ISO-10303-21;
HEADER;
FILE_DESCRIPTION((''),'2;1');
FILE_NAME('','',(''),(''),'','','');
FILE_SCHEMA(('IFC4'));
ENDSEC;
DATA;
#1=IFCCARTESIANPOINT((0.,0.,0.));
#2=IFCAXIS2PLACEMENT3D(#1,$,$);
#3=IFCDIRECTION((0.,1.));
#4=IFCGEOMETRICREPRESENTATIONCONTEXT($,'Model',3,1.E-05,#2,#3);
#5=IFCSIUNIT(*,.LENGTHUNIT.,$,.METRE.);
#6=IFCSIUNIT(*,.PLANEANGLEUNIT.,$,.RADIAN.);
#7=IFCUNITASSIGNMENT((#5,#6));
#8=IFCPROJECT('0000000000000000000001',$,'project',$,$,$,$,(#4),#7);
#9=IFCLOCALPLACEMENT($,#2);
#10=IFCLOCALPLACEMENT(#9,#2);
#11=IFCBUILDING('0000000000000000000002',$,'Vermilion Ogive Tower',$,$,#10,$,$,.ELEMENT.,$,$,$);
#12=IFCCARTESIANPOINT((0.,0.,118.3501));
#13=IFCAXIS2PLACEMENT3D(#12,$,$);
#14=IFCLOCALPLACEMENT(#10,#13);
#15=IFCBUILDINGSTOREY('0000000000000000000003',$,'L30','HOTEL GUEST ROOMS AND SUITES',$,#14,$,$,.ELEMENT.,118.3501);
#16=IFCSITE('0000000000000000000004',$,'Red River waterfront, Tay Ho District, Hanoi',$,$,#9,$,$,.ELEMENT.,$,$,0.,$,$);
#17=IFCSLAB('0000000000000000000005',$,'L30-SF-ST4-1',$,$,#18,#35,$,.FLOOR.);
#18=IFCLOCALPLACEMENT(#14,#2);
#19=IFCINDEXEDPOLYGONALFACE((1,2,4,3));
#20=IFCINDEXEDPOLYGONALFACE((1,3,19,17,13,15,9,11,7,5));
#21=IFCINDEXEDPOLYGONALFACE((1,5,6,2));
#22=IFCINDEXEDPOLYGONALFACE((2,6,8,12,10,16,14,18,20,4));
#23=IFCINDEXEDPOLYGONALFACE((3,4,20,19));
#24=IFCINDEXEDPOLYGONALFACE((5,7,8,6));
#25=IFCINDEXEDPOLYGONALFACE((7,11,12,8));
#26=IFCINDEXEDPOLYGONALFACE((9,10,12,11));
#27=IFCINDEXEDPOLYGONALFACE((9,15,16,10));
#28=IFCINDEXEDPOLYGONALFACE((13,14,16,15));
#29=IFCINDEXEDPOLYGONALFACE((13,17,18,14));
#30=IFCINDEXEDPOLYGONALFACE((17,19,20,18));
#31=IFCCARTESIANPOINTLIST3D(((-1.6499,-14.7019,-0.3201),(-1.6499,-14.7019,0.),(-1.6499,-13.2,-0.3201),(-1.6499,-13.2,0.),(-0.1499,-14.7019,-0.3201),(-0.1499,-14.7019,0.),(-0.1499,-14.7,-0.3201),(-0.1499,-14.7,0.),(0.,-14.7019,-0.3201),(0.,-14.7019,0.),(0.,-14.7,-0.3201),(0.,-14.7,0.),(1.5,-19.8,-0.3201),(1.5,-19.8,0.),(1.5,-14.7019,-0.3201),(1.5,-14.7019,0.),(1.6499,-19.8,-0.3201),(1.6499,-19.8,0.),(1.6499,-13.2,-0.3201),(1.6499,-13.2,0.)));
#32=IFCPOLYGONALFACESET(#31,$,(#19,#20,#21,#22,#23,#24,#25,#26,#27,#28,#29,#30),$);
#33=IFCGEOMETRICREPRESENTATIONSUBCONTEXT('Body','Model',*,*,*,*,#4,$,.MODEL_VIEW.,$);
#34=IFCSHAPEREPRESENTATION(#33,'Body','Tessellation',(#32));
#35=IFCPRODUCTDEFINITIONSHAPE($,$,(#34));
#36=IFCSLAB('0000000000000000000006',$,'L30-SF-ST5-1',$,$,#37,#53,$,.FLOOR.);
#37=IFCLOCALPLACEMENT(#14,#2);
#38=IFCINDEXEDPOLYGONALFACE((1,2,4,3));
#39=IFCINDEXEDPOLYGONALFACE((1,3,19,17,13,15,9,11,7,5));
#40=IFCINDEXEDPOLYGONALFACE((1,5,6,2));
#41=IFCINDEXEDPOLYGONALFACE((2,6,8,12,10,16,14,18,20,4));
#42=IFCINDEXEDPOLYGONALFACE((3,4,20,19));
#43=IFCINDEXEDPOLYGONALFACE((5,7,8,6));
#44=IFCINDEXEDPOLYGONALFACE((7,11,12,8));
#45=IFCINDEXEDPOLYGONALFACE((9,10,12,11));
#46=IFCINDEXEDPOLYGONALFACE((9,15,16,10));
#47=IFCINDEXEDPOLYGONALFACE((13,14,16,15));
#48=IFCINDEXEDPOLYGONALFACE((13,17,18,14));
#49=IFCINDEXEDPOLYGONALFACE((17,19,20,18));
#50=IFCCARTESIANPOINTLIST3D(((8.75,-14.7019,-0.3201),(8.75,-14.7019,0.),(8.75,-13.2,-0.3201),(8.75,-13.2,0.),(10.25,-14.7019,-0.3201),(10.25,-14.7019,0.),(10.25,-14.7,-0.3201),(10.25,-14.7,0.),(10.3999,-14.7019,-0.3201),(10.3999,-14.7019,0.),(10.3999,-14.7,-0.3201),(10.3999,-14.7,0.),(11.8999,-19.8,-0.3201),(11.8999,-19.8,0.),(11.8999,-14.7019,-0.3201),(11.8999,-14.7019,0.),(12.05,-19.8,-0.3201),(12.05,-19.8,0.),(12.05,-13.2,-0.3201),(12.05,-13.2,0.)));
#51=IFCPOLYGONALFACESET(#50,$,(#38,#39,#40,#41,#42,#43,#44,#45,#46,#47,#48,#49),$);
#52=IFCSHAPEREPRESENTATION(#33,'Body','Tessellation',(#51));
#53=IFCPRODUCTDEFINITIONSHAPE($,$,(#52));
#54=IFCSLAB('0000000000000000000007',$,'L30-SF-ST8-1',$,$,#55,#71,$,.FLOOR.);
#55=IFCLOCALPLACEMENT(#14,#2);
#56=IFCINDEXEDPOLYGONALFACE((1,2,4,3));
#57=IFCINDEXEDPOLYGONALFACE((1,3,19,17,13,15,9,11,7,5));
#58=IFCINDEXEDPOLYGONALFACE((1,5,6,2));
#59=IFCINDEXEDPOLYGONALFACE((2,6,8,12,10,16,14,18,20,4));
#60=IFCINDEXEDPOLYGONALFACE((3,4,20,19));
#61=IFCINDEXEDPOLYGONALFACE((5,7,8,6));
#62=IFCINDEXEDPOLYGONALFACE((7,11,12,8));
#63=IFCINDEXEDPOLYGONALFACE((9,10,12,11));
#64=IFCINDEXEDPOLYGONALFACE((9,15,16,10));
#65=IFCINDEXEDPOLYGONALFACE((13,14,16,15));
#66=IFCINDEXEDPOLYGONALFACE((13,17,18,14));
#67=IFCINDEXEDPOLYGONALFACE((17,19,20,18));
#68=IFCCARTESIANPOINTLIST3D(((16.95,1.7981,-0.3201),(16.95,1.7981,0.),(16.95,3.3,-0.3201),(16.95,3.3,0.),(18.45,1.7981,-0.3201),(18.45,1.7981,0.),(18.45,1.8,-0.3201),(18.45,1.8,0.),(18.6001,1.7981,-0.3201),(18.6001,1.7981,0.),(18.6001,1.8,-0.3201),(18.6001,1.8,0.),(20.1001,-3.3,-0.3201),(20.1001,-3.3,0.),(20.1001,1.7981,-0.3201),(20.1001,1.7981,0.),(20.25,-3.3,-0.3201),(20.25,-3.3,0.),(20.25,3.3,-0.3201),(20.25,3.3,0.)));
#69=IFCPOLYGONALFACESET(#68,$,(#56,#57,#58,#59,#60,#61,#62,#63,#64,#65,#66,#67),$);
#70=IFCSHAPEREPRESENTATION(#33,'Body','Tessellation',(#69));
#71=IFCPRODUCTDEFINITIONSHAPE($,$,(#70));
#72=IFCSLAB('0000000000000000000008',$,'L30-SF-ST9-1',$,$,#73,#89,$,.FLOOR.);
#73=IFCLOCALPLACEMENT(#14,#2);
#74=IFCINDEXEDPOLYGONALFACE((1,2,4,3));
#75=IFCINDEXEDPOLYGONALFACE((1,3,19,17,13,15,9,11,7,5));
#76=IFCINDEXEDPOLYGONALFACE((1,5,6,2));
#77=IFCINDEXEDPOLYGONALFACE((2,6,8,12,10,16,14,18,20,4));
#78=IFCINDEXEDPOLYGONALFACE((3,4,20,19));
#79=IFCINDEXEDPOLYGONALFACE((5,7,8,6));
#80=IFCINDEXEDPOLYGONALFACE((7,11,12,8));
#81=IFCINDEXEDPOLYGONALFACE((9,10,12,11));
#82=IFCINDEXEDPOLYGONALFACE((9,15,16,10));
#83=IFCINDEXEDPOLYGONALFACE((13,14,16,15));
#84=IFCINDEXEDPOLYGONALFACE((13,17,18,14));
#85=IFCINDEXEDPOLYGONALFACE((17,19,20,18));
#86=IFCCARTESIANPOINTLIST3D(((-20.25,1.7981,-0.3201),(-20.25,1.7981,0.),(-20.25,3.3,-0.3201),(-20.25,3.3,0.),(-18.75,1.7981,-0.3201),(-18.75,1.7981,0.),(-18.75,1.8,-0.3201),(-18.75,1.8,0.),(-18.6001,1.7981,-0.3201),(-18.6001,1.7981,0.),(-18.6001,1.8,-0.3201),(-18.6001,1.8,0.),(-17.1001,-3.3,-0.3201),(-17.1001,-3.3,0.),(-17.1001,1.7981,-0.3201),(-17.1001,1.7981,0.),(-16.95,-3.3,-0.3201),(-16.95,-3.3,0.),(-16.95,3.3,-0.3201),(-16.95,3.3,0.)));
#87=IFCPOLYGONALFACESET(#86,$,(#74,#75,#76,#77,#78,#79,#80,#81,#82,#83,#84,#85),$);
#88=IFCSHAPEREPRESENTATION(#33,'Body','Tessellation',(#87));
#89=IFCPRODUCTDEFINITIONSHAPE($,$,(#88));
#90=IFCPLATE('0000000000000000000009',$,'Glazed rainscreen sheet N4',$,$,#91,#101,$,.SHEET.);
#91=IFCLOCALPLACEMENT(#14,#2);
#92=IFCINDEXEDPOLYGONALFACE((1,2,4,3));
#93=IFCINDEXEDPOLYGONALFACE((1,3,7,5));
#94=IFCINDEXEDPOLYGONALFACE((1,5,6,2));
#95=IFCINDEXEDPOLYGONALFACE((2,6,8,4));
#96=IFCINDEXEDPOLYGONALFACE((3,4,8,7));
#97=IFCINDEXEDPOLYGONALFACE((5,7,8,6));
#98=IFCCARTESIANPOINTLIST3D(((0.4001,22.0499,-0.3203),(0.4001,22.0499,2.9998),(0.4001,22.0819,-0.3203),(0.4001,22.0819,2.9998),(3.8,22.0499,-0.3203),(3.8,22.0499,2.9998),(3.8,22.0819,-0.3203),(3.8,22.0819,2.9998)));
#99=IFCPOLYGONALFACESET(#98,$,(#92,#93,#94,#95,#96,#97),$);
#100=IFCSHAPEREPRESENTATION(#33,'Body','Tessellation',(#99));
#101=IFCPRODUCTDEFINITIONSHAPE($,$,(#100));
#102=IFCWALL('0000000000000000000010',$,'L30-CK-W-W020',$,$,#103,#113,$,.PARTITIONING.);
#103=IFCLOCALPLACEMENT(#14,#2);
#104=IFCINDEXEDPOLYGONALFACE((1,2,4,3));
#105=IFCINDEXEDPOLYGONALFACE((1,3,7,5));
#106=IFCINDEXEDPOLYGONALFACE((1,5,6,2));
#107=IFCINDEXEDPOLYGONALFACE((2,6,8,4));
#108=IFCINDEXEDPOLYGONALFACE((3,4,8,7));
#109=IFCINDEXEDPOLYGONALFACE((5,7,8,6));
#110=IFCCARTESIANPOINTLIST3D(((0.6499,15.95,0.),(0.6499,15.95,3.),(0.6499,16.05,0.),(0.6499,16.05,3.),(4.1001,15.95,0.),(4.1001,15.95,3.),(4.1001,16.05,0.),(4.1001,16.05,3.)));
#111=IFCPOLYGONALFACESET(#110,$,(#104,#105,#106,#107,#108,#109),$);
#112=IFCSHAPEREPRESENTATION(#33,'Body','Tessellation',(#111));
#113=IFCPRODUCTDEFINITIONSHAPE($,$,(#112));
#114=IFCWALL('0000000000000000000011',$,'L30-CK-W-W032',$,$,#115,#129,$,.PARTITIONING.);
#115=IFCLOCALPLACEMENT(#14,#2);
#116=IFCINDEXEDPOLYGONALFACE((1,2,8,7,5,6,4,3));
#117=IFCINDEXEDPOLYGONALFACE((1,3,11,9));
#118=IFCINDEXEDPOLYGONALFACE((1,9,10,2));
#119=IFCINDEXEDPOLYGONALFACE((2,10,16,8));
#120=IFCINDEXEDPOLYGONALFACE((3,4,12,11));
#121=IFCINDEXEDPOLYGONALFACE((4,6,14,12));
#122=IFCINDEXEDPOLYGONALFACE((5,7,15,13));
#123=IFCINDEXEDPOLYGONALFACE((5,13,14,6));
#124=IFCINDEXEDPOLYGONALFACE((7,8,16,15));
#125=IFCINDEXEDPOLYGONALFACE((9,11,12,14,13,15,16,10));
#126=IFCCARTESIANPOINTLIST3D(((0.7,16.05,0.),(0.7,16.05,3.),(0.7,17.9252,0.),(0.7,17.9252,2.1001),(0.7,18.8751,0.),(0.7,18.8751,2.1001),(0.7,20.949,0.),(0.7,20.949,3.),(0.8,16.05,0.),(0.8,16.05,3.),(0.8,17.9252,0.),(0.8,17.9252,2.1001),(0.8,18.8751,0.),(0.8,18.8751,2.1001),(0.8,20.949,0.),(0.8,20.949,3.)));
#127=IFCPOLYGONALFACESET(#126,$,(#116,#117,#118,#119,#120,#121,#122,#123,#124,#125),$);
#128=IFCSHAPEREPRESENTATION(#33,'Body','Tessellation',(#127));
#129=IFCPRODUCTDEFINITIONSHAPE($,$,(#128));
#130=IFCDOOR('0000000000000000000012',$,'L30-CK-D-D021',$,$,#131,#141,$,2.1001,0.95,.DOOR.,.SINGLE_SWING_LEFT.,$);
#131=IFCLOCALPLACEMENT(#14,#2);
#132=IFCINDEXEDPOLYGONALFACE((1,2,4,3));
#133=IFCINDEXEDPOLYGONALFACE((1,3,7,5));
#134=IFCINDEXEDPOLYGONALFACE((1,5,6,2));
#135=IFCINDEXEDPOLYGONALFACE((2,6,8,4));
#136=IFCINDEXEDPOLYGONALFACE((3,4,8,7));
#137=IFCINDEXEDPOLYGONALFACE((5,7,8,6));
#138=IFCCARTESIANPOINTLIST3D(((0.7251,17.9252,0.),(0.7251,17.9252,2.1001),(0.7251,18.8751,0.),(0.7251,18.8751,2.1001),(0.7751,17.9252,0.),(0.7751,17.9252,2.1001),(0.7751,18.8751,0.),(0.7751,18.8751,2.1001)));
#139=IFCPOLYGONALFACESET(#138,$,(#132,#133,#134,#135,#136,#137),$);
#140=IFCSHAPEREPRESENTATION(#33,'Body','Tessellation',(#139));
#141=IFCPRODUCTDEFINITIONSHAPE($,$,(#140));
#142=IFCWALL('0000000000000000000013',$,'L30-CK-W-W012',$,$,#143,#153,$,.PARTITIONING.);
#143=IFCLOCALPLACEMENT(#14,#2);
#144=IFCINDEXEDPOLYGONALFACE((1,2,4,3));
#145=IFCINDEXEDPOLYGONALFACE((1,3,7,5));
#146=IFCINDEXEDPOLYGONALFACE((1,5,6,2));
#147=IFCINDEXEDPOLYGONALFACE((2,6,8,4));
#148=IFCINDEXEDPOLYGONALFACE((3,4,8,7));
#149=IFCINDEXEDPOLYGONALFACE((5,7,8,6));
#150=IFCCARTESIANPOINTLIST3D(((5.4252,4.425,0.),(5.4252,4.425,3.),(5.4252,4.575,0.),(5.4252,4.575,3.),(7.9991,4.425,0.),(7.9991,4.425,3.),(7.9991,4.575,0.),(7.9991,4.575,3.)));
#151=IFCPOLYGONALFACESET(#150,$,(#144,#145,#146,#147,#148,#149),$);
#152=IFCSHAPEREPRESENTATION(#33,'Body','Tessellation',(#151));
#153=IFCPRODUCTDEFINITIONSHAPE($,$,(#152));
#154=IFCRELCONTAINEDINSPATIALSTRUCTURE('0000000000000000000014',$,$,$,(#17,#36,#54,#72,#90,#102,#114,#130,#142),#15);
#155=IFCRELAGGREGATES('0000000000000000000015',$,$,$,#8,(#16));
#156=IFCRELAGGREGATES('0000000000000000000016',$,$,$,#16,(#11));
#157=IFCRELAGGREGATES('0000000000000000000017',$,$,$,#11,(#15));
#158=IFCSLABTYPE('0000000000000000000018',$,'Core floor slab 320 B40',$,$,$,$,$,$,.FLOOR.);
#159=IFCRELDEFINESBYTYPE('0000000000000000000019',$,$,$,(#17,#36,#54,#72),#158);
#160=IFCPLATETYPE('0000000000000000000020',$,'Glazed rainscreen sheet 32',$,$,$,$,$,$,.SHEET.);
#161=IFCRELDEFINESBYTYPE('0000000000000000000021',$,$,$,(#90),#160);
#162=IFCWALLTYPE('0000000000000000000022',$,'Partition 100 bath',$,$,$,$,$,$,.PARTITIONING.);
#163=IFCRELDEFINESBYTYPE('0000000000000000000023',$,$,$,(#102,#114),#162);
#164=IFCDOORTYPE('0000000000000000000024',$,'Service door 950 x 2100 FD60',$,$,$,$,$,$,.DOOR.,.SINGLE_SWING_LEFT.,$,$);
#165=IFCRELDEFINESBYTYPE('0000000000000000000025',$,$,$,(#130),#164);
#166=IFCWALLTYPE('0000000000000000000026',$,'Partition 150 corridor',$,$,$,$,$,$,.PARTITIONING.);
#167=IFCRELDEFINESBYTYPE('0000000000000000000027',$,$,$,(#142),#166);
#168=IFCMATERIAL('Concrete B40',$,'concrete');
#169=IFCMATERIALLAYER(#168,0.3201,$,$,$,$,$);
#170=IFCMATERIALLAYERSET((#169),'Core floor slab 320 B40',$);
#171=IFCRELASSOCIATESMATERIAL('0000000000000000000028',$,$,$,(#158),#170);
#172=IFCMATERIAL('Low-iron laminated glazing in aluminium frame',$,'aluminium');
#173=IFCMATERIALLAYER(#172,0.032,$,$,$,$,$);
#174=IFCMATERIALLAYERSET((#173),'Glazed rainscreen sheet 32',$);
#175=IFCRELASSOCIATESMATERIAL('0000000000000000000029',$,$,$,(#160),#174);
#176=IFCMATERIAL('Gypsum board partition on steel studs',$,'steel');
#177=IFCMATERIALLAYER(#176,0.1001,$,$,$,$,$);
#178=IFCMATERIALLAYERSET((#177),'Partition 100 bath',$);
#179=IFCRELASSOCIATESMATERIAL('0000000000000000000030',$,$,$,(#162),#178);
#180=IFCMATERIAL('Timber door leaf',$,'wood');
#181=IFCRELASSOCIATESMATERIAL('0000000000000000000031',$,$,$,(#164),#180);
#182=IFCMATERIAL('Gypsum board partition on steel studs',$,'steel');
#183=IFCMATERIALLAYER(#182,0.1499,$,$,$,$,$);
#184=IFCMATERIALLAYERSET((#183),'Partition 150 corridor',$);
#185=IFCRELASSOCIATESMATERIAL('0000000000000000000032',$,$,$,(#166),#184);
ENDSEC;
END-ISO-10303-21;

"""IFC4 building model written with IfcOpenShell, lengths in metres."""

from ifc_helpers import new_model, si_unit, direction, frame, frame_2d, origin, origin_2d, place, context, subcontext, project, spatial, polyline, rectangle, outline, extrude, material, layer, layer_set, type_object, element, fill, save


model = new_model("IFC4")

# Units and contexts
model_context = context("Model", 3, precision=1e-05, world=origin(), true_north=direction((0.0, 1.0)))
body_context = subcontext(model_context, "Body", "Model", "MODEL_VIEW")
ifc_project = project(units=[si_unit("LENGTHUNIT", "METRE"), si_unit("PLANEANGLEUNIT", "RADIAN")], contexts=[model_context])

# Site, building, storey
site_placement = place(None, origin())
site = spatial("IfcSite", under=ifc_project, at=site_placement, Name="Red River waterfront, Tay Ho District, Hanoi", CompositionType="ELEMENT", RefElevation=0.0)
building_placement = place(site_placement, origin())
building = spatial("IfcBuilding", under=site, at=building_placement, Name="Vermilion Ogive Tower", CompositionType="ELEMENT")
storey_placement = place(building_placement, frame((0.0, 0.0, 118.3501)))
storey = spatial("IfcBuildingStorey", under=building, at=storey_placement, Name="L30", Description="HOTEL GUEST ROOMS AND SUITES", CompositionType="ELEMENT", Elevation=118.3501)

# Slabs
ifc_material_1 = material(Name="Concrete B40", Category="concrete")
ifc_layer_1 = layer(ifc_material_1, 0.3201)
ifc_layer_set_1 = layer_set([ifc_layer_1], Name="Core floor slab 320 B40")
slab_type = type_object("IfcSlabType", Name="Core floor slab 320 B40", PredefinedType="FLOOR", material=ifc_layer_set_1)
slab_1_placement = place(storey_placement, frame((0.0, 0.0, -0.3201)))
element("IfcSlab", 1, at=slab_1_placement, inside=storey, type_object=slab_type, Name="L30-SF-ST4-1", PredefinedType="FLOOR", context=body_context, shape_type="SweptSolid", body=[
    extrude(outline(polyline([(-1.6499, -13.2), (-1.6499, -14.7019), (-0.1499, -14.7019), (-0.1499, -14.7), (0.0, -14.7), (0.0, -14.7019), (1.5, -14.7019), (1.5, -19.8), (1.6499, -19.8), (1.6499, -13.2), (-1.6499, -13.2)])), origin(), (0.0, 0.0, 1.0), 0.3201),
])
slab_2_placement = place(storey_placement, frame((0.0, 0.0, -0.3201)))
element("IfcSlab", 2, at=slab_2_placement, inside=storey, type_object=slab_type, Name="L30-SF-ST5-1", PredefinedType="FLOOR", context=body_context, shape_type="SweptSolid", body=[
    extrude(outline(polyline([(8.75, -13.2), (8.75, -14.7019), (10.25, -14.7019), (10.25, -14.7), (10.3999, -14.7), (10.3999, -14.7019), (11.8999, -14.7019), (11.8999, -19.8), (12.05, -19.8), (12.05, -13.2), (8.75, -13.2)])), origin(), (0.0, 0.0, 1.0), 0.3201),
])
slab_3_placement = place(storey_placement, frame((0.0, 0.0, -0.3201)))
element("IfcSlab", 3, at=slab_3_placement, inside=storey, type_object=slab_type, Name="L30-SF-ST8-1", PredefinedType="FLOOR", context=body_context, shape_type="SweptSolid", body=[
    extrude(outline(polyline([(16.95, 3.3), (16.95, 1.7981), (18.45, 1.7981), (18.45, 1.8), (18.6001, 1.8), (18.6001, 1.7981), (20.1001, 1.7981), (20.1001, -3.3), (20.25, -3.3), (20.25, 3.3), (16.95, 3.3)])), origin(), (0.0, 0.0, 1.0), 0.3201),
])
slab_4_placement = place(storey_placement, frame((0.0, 0.0, -0.3201)))
element("IfcSlab", 4, at=slab_4_placement, inside=storey, type_object=slab_type, Name="L30-SF-ST9-1", PredefinedType="FLOOR", context=body_context, shape_type="SweptSolid", body=[
    extrude(outline(polyline([(-20.25, 3.3), (-20.25, 1.7981), (-18.75, 1.7981), (-18.75, 1.8), (-18.6001, 1.8), (-18.6001, 1.7981), (-17.1001, 1.7981), (-17.1001, -3.3), (-16.95, -3.3), (-16.95, 3.3), (-20.25, 3.3)])), origin(), (0.0, 0.0, 1.0), 0.3201),
])

# Plate
ifc_material_2 = material(Name="Low-iron laminated glazing in aluminium frame", Category="aluminium")
ifc_layer_2 = layer(ifc_material_2, 0.032)
ifc_layer_set_2 = layer_set([ifc_layer_2], Name="Glazed rainscreen sheet 32")
plate_type = type_object("IfcPlateType", Name="Glazed rainscreen sheet 32", PredefinedType="SHEET", material=ifc_layer_set_2)
plate_placement = place(storey_placement, frame((2.1001, 22.0659, -0.3203), z_axis=(0.0, 0.0, 1.0), x_axis=(1.0, 0.0, 0.0)))
element("IfcPlate", 5, at=plate_placement, inside=storey, type_object=plate_type, Name="Glazed rainscreen sheet N4", PredefinedType="SHEET", context=body_context, shape_type="SweptSolid", body=[
    extrude(rectangle(XDim=3.3999, YDim=0.032, at=origin_2d()), origin(), (0.0, 0.0, 1.0), 3.3201),
])

# Wall
ifc_material_3 = material(Name="Gypsum board partition on steel studs", Category="steel")
ifc_layer_3 = layer(ifc_material_3, 0.1001)
ifc_layer_set_3 = layer_set([ifc_layer_3], Name="Partition 100 bath")
wall_type_1 = type_object("IfcWallType", Name="Partition 100 bath", PredefinedType="PARTITIONING", material=ifc_layer_set_3)
wall_1_placement = place(storey_placement, frame((0.6499, 16.0, 0.0), z_axis=(0.0, 0.0, 1.0), x_axis=(1.0, 0.0, 0.0)))
element("IfcWall", 6, at=wall_1_placement, inside=storey, type_object=wall_type_1, Name="L30-CK-W-W020", PredefinedType="PARTITIONING", context=body_context, shape_type="SweptSolid", body=[
    extrude(rectangle(XDim=3.4502, YDim=0.1001, at=frame_2d((1.7251, 0.0))), origin(), (0.0, 0.0, 1.0), 3.0),
])

# Wall, opening, door
wall_2_placement = place(storey_placement, frame((0.75, 16.05, 0.0), z_axis=(0.0, 0.0, 1.0), x_axis=(0.0, 1.0, 0.0)))
wall_2 = element("IfcWall", 7, at=wall_2_placement, inside=storey, type_object=wall_type_1, Name="L30-CK-W-W032", PredefinedType="PARTITIONING", context=body_context, shape_type="SweptSolid", body=[
    extrude(rectangle(XDim=4.8989, YDim=0.1001, at=frame_2d((2.4495, 0.0))), origin(), (0.0, 0.0, 1.0), 3.0),
])
opening_1_placement = place(wall_2_placement, frame((1.875, 0.0, 0.0)))
opening_1 = element("IfcOpeningElement", 8, at=opening_1_placement, cuts=wall_2, PredefinedType="OPENING", context=body_context, shape_type="SweptSolid", body=[
    extrude(rectangle(XDim=0.95, YDim=2.1001, at=frame_2d((0.4751, 1.05))), frame((0.0, 0.0601, 0.0), z_axis=(0.0, -1.0, 0.0), x_axis=(1.0, 0.0, 0.0)), (0.0, 0.0, 1.0), 0.1201),
])
ifc_material_4 = material(Name="Timber door leaf", Category="wood")
door_type_1 = type_object("IfcDoorType", Name="Service door 950 x 2100 FD60", OperationType="SINGLE_SWING_LEFT", PredefinedType="DOOR", material=ifc_material_4)
door_1_placement = place(opening_1_placement, origin())
door_1 = element("IfcDoor", 9, at=door_1_placement, inside=storey, type_object=door_type_1, Name="L30-CK-D-D021", OperationType="SINGLE_SWING_LEFT", OverallHeight=2.1001, OverallWidth=0.95, PredefinedType="DOOR", context=body_context, shape_type="SweptSolid", body=[
    extrude(rectangle(XDim=0.95, YDim=2.1001, at=frame_2d((0.4751, 1.05))), frame((0.0, 0.0249, 0.0), z_axis=(0.0, -1.0, 0.0), x_axis=(1.0, 0.0, 0.0)), (0.0, 0.0, 1.0), 0.05),
])
fill(opening_1, door_1)

# Wall
ifc_material_5 = material(Name="Gypsum board partition on steel studs", Category="steel")
ifc_layer_4 = layer(ifc_material_5, 0.1499)
ifc_layer_set_4 = layer_set([ifc_layer_4], Name="Partition 150 corridor")
wall_type_2 = type_object("IfcWallType", Name="Partition 150 corridor", PredefinedType="PARTITIONING", material=ifc_layer_set_4)
wall_3_placement = place(storey_placement, frame((5.425, 4.5, 0.0), z_axis=(0.0, 0.0, 1.0), x_axis=(1.0, 0.0, 0.0)))
element("IfcWall", 10, at=wall_3_placement, inside=storey, type_object=wall_type_2, Name="L30-CK-W-W012", PredefinedType="PARTITIONING", context=body_context, shape_type="SweptSolid", body=[
    extrude(rectangle(XDim=2.574, YDim=0.1499, at=frame_2d((1.2871, 0.0))), origin(), (0.0, 0.0, 1.0), 3.0),
])

save(model, "model.ifc")
